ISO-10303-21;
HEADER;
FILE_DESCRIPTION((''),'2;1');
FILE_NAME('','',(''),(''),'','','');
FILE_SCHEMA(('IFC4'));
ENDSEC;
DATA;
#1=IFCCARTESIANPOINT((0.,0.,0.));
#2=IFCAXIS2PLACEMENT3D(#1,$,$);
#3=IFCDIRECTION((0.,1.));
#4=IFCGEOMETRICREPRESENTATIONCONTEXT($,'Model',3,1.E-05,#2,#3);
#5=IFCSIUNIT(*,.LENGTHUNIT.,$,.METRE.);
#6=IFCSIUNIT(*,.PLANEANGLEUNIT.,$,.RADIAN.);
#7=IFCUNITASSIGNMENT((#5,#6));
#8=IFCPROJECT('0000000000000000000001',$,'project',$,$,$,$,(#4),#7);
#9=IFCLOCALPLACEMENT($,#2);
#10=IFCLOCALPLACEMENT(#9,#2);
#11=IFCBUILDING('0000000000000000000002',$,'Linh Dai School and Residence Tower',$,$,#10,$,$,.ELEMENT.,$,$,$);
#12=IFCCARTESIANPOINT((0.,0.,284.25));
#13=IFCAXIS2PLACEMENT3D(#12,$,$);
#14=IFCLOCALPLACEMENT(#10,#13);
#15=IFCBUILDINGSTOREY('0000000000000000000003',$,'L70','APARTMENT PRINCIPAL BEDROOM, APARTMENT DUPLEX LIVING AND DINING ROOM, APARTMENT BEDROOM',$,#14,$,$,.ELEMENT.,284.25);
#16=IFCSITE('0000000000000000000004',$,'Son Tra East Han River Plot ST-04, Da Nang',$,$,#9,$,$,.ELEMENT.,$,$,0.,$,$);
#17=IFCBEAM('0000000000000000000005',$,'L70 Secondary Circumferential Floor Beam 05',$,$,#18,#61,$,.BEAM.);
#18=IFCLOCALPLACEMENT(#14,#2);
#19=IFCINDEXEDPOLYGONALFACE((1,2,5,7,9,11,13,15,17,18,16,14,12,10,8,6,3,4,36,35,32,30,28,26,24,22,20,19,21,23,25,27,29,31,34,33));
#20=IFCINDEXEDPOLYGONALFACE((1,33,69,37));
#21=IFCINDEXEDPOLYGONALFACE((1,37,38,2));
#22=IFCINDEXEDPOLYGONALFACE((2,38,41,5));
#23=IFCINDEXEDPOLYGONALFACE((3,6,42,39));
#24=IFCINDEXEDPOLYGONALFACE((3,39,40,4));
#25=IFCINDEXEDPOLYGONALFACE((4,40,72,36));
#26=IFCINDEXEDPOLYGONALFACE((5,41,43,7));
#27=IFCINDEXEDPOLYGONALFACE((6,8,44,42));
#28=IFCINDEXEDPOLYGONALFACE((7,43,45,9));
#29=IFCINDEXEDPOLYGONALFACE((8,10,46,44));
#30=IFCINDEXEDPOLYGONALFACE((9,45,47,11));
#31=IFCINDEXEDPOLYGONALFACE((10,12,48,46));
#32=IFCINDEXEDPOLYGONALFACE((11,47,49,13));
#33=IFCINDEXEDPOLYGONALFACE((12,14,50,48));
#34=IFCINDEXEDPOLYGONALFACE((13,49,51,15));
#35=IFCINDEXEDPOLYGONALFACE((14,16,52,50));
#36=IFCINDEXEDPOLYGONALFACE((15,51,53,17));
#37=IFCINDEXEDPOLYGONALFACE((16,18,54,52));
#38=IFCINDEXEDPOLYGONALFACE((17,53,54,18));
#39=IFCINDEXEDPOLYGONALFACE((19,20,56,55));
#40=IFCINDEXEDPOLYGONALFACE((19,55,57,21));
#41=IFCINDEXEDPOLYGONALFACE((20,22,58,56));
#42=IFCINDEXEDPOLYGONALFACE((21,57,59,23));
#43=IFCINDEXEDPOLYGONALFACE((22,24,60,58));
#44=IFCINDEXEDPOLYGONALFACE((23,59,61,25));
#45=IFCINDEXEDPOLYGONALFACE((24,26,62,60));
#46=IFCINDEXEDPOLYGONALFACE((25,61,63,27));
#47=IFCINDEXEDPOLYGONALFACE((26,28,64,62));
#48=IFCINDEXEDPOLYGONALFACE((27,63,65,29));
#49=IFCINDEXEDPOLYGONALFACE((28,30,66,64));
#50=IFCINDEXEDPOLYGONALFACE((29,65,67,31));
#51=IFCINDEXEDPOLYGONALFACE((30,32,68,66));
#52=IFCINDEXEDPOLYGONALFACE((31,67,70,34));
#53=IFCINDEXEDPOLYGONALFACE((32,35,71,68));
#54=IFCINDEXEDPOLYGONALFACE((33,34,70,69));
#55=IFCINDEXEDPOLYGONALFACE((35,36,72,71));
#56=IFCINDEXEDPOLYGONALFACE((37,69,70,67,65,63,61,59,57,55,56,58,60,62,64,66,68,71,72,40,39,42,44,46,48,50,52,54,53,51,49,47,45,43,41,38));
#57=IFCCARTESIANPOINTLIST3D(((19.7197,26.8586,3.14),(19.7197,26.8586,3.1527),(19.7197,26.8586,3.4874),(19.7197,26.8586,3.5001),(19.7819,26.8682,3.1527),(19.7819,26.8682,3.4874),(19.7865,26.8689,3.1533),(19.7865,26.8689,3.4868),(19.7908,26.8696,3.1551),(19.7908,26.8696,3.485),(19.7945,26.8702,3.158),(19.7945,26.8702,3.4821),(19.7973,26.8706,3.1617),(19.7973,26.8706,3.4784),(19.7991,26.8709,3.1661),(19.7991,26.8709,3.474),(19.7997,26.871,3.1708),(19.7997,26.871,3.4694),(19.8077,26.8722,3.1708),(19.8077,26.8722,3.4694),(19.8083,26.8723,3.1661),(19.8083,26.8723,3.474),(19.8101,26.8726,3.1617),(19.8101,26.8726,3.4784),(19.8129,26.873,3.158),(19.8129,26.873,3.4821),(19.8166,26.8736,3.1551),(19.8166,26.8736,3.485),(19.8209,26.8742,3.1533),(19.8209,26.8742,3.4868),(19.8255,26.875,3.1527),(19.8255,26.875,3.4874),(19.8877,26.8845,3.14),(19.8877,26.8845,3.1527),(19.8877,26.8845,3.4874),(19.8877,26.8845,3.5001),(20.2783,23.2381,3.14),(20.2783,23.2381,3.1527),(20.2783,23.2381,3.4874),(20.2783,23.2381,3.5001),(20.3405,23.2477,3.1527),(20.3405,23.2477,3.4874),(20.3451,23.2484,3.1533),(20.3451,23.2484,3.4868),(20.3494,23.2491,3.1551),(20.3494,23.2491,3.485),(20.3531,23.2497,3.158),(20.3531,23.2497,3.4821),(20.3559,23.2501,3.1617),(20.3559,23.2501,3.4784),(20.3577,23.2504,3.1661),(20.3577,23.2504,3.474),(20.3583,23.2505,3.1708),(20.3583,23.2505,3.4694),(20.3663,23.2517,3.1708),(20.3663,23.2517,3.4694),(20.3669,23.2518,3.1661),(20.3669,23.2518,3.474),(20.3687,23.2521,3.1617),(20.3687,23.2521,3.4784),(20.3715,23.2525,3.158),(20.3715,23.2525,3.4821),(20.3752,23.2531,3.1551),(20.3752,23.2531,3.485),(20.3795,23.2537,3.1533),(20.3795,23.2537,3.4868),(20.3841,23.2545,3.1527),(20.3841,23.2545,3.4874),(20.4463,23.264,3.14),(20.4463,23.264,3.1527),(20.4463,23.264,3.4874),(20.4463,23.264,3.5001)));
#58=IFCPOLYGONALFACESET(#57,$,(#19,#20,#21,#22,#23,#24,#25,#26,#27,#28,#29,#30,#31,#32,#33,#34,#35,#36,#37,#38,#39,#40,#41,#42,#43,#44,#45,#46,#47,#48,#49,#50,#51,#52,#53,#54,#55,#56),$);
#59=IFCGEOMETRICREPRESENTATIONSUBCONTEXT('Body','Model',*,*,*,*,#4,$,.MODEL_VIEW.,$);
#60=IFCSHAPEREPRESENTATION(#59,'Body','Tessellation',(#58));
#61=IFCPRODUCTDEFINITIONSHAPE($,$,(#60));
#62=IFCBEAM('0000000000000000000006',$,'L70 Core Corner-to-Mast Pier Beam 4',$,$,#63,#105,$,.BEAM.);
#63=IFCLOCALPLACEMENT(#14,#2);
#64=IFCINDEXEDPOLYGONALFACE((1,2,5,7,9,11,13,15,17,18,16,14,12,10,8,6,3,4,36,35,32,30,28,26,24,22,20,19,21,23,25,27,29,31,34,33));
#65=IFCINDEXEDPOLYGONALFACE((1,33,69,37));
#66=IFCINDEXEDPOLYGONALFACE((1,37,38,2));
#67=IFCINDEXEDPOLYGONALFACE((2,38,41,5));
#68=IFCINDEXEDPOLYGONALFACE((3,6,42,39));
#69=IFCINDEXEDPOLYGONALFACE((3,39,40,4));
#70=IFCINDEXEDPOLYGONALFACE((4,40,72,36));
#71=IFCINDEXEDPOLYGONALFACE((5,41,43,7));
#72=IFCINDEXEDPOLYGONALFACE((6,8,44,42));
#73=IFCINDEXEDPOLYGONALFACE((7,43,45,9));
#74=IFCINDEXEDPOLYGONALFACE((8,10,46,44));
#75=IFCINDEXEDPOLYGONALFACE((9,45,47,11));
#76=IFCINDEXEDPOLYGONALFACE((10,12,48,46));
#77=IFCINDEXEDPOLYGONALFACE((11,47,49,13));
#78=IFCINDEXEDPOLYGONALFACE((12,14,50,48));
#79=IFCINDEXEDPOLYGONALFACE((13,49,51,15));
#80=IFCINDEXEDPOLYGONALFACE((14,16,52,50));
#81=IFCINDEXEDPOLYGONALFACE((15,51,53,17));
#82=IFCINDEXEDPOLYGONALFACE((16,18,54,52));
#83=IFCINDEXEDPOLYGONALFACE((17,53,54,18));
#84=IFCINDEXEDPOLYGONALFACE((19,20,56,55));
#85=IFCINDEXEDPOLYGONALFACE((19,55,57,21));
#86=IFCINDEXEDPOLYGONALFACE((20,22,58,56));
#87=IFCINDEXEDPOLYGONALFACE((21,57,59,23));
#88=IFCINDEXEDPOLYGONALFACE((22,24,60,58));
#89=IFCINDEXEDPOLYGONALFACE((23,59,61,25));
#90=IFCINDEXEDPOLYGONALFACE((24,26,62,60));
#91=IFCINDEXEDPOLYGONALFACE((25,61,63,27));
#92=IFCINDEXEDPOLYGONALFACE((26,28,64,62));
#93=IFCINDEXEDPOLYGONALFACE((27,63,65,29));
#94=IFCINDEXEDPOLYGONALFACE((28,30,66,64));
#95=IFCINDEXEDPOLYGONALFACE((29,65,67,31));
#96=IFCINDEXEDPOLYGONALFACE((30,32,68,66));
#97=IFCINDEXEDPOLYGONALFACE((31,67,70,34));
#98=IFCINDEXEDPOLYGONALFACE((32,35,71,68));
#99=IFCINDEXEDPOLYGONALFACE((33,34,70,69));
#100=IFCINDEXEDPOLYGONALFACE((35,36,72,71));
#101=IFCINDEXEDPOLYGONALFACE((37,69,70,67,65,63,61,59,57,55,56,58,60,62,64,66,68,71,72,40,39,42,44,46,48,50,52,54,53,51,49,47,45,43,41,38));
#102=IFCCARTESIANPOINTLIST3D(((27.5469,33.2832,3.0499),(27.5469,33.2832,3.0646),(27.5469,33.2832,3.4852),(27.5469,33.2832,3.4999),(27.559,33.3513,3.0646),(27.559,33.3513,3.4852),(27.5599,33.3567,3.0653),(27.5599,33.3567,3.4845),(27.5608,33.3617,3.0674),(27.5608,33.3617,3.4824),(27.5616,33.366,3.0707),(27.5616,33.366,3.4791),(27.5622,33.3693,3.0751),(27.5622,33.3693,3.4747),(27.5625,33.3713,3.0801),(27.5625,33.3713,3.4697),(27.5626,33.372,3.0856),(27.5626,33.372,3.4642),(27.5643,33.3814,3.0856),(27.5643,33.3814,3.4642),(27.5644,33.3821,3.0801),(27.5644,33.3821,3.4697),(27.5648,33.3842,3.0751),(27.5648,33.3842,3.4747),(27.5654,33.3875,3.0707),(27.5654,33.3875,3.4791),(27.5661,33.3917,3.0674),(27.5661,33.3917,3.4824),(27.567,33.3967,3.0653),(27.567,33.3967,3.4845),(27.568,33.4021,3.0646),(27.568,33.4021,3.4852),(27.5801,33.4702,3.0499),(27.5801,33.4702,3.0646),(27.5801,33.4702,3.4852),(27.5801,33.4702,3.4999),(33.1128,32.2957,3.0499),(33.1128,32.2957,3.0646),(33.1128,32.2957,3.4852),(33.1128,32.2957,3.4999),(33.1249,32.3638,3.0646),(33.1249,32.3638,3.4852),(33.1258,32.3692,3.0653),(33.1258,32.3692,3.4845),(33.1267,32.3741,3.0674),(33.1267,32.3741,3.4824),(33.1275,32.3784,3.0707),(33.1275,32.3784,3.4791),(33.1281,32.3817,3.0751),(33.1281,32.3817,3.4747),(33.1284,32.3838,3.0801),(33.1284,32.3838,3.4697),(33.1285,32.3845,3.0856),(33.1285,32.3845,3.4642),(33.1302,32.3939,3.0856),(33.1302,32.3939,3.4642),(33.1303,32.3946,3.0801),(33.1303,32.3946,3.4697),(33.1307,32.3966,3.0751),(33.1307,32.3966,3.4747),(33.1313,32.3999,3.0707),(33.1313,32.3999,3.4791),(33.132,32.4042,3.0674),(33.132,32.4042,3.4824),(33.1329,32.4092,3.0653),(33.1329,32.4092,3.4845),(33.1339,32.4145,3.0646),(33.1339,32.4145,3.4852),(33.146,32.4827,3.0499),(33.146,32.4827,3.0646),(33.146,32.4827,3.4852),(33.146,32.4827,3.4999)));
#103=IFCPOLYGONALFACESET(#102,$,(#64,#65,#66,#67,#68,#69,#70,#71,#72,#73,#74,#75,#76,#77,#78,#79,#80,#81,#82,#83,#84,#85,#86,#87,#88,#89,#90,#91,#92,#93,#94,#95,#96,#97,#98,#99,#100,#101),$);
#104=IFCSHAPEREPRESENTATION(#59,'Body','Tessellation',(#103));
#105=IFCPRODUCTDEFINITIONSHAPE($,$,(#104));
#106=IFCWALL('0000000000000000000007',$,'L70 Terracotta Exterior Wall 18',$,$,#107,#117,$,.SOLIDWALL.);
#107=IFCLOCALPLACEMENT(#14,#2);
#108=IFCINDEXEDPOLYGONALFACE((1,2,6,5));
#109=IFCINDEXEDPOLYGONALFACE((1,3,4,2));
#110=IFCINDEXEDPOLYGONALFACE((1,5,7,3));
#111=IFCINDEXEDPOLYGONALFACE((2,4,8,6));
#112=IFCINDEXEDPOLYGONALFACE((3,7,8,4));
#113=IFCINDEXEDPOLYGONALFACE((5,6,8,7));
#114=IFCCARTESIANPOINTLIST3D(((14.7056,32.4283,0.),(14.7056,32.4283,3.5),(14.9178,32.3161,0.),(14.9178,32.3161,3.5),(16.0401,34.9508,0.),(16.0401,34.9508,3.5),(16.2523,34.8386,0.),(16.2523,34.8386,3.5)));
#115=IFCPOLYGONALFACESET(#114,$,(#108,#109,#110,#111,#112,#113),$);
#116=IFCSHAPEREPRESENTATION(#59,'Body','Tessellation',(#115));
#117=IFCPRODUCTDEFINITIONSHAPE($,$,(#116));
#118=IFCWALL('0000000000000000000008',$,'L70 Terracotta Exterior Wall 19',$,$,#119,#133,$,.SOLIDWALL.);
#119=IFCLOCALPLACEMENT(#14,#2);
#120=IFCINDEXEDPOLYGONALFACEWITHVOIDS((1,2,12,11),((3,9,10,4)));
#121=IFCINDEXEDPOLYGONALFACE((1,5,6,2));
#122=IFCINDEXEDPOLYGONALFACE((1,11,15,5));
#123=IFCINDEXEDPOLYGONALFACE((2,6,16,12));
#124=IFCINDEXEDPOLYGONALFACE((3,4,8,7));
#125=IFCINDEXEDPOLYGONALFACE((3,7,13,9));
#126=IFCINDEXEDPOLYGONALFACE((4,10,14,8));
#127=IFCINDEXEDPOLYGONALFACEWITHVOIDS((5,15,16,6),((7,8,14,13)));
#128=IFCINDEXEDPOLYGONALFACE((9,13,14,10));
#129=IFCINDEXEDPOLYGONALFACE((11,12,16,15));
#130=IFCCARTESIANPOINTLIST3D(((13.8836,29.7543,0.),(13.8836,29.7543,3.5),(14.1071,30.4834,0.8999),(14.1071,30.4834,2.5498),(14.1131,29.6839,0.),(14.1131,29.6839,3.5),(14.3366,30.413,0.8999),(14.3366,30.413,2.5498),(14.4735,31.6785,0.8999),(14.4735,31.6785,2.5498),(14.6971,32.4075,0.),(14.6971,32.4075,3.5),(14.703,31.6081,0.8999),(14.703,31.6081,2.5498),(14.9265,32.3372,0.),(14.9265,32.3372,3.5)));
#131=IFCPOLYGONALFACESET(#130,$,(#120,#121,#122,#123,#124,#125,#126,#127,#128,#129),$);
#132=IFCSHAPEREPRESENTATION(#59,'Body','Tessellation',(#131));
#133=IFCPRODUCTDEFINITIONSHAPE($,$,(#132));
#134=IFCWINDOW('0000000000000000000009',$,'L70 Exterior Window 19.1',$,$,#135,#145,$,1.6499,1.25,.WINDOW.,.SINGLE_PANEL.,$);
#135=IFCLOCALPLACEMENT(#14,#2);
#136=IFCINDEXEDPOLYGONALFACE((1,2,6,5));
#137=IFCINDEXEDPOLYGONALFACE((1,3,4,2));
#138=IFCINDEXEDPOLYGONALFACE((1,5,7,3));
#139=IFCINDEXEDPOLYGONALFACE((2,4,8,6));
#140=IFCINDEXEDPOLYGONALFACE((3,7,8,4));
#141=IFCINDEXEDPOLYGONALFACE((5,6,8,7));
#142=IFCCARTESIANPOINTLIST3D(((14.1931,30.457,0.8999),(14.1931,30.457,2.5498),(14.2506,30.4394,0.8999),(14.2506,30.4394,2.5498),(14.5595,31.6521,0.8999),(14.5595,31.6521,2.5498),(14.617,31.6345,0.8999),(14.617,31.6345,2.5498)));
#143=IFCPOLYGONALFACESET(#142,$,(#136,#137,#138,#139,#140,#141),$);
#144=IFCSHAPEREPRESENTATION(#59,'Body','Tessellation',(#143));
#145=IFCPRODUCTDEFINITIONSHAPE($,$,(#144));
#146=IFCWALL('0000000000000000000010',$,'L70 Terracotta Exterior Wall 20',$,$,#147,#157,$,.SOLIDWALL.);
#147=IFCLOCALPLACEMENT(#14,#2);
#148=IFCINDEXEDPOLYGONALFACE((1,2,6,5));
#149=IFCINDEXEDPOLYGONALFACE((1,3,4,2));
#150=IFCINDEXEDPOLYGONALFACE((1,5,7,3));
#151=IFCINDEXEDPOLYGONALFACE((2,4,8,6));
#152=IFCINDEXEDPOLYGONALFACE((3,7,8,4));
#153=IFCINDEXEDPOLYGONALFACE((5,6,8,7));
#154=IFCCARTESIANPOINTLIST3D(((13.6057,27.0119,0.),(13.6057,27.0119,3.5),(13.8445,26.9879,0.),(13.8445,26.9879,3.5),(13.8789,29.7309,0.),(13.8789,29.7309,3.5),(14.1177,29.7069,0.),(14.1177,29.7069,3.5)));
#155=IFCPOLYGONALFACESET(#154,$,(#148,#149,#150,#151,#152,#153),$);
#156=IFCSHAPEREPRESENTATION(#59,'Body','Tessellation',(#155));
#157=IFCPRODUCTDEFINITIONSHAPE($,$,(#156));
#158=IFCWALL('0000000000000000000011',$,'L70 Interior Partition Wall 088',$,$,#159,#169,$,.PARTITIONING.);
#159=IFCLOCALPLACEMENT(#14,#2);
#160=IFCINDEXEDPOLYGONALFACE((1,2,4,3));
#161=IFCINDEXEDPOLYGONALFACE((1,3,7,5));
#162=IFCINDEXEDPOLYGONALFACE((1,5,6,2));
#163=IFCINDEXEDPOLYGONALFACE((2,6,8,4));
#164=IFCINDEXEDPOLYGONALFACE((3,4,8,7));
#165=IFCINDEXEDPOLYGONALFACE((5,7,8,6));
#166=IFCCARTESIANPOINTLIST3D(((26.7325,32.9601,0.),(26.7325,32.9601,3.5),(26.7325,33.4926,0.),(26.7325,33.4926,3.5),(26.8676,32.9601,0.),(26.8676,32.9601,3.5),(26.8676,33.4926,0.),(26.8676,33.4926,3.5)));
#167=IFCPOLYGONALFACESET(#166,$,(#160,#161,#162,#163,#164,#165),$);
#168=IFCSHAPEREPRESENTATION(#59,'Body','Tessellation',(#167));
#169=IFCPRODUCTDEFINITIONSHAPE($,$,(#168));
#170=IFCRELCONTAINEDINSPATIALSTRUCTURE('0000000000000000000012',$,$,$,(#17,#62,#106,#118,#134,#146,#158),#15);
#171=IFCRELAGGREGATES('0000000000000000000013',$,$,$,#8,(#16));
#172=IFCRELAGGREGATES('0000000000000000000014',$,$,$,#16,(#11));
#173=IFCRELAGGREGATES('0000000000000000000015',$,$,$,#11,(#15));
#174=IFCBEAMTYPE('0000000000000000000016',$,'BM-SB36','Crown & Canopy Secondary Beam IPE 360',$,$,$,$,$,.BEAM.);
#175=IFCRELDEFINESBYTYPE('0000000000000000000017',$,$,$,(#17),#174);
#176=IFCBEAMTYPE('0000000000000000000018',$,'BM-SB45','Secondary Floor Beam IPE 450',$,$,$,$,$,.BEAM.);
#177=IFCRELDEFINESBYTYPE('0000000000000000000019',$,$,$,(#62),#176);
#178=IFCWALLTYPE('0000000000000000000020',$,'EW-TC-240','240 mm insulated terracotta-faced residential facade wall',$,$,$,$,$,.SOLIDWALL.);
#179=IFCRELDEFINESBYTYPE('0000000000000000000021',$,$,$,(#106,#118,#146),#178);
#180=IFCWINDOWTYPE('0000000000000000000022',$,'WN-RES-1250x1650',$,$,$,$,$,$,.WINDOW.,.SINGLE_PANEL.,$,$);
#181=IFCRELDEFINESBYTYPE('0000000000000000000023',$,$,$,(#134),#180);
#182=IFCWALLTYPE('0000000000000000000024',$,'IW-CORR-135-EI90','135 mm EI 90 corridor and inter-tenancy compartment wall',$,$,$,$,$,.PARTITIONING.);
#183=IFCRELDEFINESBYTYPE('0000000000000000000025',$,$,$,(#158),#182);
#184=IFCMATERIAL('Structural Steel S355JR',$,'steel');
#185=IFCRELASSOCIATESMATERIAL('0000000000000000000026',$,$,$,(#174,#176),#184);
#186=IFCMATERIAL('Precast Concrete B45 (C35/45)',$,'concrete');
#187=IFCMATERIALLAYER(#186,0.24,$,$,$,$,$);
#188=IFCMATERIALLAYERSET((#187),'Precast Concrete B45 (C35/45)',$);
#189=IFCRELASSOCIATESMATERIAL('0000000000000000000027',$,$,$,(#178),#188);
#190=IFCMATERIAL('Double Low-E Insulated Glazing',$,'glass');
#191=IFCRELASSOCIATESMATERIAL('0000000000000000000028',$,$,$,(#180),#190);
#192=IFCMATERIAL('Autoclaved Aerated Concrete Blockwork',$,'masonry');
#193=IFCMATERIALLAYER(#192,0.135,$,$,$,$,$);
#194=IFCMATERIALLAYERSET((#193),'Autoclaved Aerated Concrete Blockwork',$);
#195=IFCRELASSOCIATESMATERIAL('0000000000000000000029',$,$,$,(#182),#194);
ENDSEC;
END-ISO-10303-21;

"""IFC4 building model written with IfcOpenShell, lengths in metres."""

from ifc_helpers import new_model, si_unit, direction, frame, frame_2d, origin, origin_2d, place, context, subcontext, project, spatial, rectangle, i_section, extrude, source, transform, mapped, material, layer, layer_set, material_profile, profile_set, type_object, element, fill, save


model = new_model("IFC4")

# Units and contexts
model_context = context("Model", 3, precision=1e-05, world=origin(), true_north=direction((0.0, 1.0)))
body_context = subcontext(model_context, "Body", "Model", "MODEL_VIEW")
ifc_project = project(units=[si_unit("LENGTHUNIT", "METRE"), si_unit("PLANEANGLEUNIT", "RADIAN")], contexts=[model_context])

# Site, building, storey
site_placement = place(None, origin())
site = spatial("IfcSite", under=ifc_project, at=site_placement, Name="Son Tra East Han River Plot ST-04, Da Nang", CompositionType="ELEMENT", RefElevation=0.0)
building_placement = place(site_placement, origin())
building = spatial("IfcBuilding", under=site, at=building_placement, Name="Linh Dai School and Residence Tower", CompositionType="ELEMENT")
storey_placement = place(building_placement, frame((0.0, 0.0, 284.25)))
storey = spatial("IfcBuildingStorey", under=building, at=storey_placement, Name="L70", Description="APARTMENT PRINCIPAL BEDROOM, APARTMENT DUPLEX LIVING AND DINING ROOM, APARTMENT BEDROOM", CompositionType="ELEMENT", Elevation=284.25)

# Shared definitions
ifc_material_1 = material(Name="Structural Steel S355JR", Category="steel")

# Beams
ifc_material_profile_1 = material_profile(ifc_material_1, i_section(OverallWidth=0.1699, OverallDepth=0.3601, WebThickness=0.0081, FlangeThickness=0.0127, FilletRadius=0.0181, at=origin_2d()), Name="IPE 360")
ifc_profile_set_1 = profile_set([ifc_material_profile_1], Name="Structural Steel S355JR")
beam_type_1 = type_object("IfcBeamType", Name="BM-SB36", Description="Crown & Canopy Secondary Beam IPE 360", PredefinedType="BEAM", material=ifc_profile_set_1)
beam_1_placement = place(storey_placement, frame((19.8037, 26.8716, 3.3201), z_axis=(0.152478, -0.988307, 0.0), x_axis=(0.988307, 0.152478, 0.0)))
element("IfcBeam", 1, at=beam_1_placement, inside=storey, type_object=beam_type_1, Name="L70 Secondary Circumferential Floor Beam 05", PredefinedType="BEAM", context=body_context, shape_type="SweptSolid", body=[
    extrude(i_section(OverallWidth=0.1699, OverallDepth=0.3601, WebThickness=0.0081, FlangeThickness=0.0127, FilletRadius=0.0181, at=origin_2d()), origin(), (0.0, 0.0, 1.0), 3.6633),
])
ifc_material_profile_2 = material_profile(ifc_material_1, i_section(OverallWidth=0.1899, OverallDepth=0.45, WebThickness=0.0095, FlangeThickness=0.0146, FilletRadius=0.021, at=origin_2d()), Name="IPE 450")
ifc_profile_set_2 = profile_set([ifc_material_profile_2], Name="Structural Steel S355JR")
beam_type_2 = type_object("IfcBeamType", Name="BM-SB45", Description="Secondary Floor Beam IPE 450", PredefinedType="BEAM", material=ifc_profile_set_2)
beam_2_placement = place(storey_placement, frame((27.5635, 33.3767, 3.2749), z_axis=(0.984622, -0.174699, 0.0), x_axis=(0.174699, 0.984622, 0.0)))
element("IfcBeam", 2, at=beam_2_placement, inside=storey, type_object=beam_type_2, Name="L70 Core Corner-to-Mast Pier Beam 4", PredefinedType="BEAM", context=body_context, shape_type="SweptSolid", body=[
    extrude(i_section(OverallWidth=0.1899, OverallDepth=0.45, WebThickness=0.0095, FlangeThickness=0.0146, FilletRadius=0.021, at=origin_2d()), origin(), (0.0, 0.0, 1.0), 5.6528),
])

# Wall
ifc_material_2 = material(Name="Precast Concrete B45 (C35/45)", Category="concrete")
ifc_layer_1 = layer(ifc_material_2, 0.24)
ifc_layer_set_1 = layer_set([ifc_layer_1], Name="Precast Concrete B45 (C35/45)")
wall_type_1 = type_object("IfcWallType", Name="EW-TC-240", Description="240 mm insulated terracotta-faced residential facade wall", PredefinedType="SOLIDWALL", material=ifc_layer_set_1)
wall_1_placement = place(storey_placement, frame((14.8118, 32.3723, 0.0), z_axis=(0.0, 0.0, 1.0), x_axis=(0.467628, 0.883925, 0.0)))
element("IfcWall", 3, at=wall_1_placement, inside=storey, type_object=wall_type_1, Name="L70 Terracotta Exterior Wall 18", PredefinedType="SOLIDWALL", context=body_context, shape_type="SweptSolid", body=[
    extrude(rectangle(XDim=2.8538, YDim=0.24, at=frame_2d((1.4268, 0.0))), origin(), (0.0, 0.0, 1.0), 3.5),
])

# Wall, opening, window
wall_2_placement = place(storey_placement, frame((13.9983, 29.719, 0.0), z_axis=(0.0, 0.0, 1.0), x_axis=(0.293121, 0.956075, 0.0)))
wall_2 = element("IfcWall", 4, at=wall_2_placement, inside=storey, type_object=wall_type_1, Name="L70 Terracotta Exterior Wall 19", PredefinedType="SOLIDWALL", context=body_context, shape_type="SweptSolid", body=[
    extrude(rectangle(XDim=2.7751, YDim=0.24, at=frame_2d((1.3877, 0.0))), origin(), (0.0, 0.0, 1.0), 3.5),
])
opening_1_placement = place(wall_2_placement, frame((0.7627, 0.0, 0.8999)))
opening_1 = element("IfcOpeningElement", 5, at=opening_1_placement, cuts=wall_2, PredefinedType="OPENING", context=body_context, shape_type="SweptSolid", body=[
    extrude(rectangle(XDim=1.25, YDim=1.6499, at=origin_2d()), frame((0.625, 0.1299, 0.825), z_axis=(0.0, -1.0, 0.0), x_axis=(1.0, 0.0, 0.0)), (0.0, 0.0, 1.0), 0.26),
])
ifc_material_3 = material(Name="Double Low-E Insulated Glazing", Category="glass")
window_type = type_object("IfcWindowType", Name="WN-RES-1250x1650", PartitioningType="SINGLE_PANEL", PredefinedType="WINDOW", material=ifc_material_3)
shared_shape_1 = source(origin(), body_context, "Body", "SweptSolid", [
    extrude(rectangle(XDim=1.25, YDim=1.6499, at=origin_2d()), frame((0.625, 0.03, 0.825), z_axis=(0.0, -1.0, 0.0), x_axis=(1.0, 0.0, 0.0)), (0.0, 0.0, 1.0), 0.0601),
])
window_placement = place(opening_1_placement, origin())
window = element("IfcWindow", 6, at=window_placement, inside=storey, type_object=window_type, Name="L70 Exterior Window 19.1", OverallHeight=1.6499, OverallWidth=1.25, PartitioningType="SINGLE_PANEL", PredefinedType="WINDOW", context=body_context, shape_type="MappedRepresentation", body=[
    mapped(shared_shape_1, transform((0.0, 0.0, 0.0), x_axis=(1.0, 0.0, 0.0), y_axis=(0.0, 1.0, 0.0), z_axis=(0.0, 0.0, 1.0), scale=1.0)),
])
fill(opening_1, window)

# Walls
wall_3_placement = place(storey_placement, frame((13.7251, 27.0, 0.0), z_axis=(0.0, 0.0, 1.0), x_axis=(0.099973, 0.99499, 0.0)))
element("IfcWall", 7, at=wall_3_placement, inside=storey, type_object=wall_type_1, Name="L70 Terracotta Exterior Wall 20", PredefinedType="SOLIDWALL", context=body_context, shape_type="SweptSolid", body=[
    extrude(rectangle(XDim=2.7327, YDim=0.24, at=frame_2d((1.3662, 0.0))), origin(), (0.0, 0.0, 1.0), 3.5),
])
ifc_material_4 = material(Name="Autoclaved Aerated Concrete Blockwork", Category="masonry")
ifc_layer_2 = layer(ifc_material_4, 0.135)
ifc_layer_set_2 = layer_set([ifc_layer_2], Name="Autoclaved Aerated Concrete Blockwork")
wall_type_2 = type_object("IfcWallType", Name="IW-CORR-135-EI90", Description="135 mm EI 90 corridor and inter-tenancy compartment wall", PredefinedType="PARTITIONING", material=ifc_layer_set_2)
wall_4_placement = place(storey_placement, frame((26.8, 33.4924, 0.0), z_axis=(0.0, 0.0, 1.0), x_axis=(0.0, -1.0, 0.0)))
element("IfcWall", 8, at=wall_4_placement, inside=storey, type_object=wall_type_2, Name="L70 Interior Partition Wall 088", PredefinedType="PARTITIONING", context=body_context, shape_type="SweptSolid", body=[
    extrude(rectangle(XDim=0.5325, YDim=0.135, at=frame_2d((0.2661, 0.0))), origin(), (0.0, 0.0, 1.0), 3.5),
])

save(model, "model.ifc")
